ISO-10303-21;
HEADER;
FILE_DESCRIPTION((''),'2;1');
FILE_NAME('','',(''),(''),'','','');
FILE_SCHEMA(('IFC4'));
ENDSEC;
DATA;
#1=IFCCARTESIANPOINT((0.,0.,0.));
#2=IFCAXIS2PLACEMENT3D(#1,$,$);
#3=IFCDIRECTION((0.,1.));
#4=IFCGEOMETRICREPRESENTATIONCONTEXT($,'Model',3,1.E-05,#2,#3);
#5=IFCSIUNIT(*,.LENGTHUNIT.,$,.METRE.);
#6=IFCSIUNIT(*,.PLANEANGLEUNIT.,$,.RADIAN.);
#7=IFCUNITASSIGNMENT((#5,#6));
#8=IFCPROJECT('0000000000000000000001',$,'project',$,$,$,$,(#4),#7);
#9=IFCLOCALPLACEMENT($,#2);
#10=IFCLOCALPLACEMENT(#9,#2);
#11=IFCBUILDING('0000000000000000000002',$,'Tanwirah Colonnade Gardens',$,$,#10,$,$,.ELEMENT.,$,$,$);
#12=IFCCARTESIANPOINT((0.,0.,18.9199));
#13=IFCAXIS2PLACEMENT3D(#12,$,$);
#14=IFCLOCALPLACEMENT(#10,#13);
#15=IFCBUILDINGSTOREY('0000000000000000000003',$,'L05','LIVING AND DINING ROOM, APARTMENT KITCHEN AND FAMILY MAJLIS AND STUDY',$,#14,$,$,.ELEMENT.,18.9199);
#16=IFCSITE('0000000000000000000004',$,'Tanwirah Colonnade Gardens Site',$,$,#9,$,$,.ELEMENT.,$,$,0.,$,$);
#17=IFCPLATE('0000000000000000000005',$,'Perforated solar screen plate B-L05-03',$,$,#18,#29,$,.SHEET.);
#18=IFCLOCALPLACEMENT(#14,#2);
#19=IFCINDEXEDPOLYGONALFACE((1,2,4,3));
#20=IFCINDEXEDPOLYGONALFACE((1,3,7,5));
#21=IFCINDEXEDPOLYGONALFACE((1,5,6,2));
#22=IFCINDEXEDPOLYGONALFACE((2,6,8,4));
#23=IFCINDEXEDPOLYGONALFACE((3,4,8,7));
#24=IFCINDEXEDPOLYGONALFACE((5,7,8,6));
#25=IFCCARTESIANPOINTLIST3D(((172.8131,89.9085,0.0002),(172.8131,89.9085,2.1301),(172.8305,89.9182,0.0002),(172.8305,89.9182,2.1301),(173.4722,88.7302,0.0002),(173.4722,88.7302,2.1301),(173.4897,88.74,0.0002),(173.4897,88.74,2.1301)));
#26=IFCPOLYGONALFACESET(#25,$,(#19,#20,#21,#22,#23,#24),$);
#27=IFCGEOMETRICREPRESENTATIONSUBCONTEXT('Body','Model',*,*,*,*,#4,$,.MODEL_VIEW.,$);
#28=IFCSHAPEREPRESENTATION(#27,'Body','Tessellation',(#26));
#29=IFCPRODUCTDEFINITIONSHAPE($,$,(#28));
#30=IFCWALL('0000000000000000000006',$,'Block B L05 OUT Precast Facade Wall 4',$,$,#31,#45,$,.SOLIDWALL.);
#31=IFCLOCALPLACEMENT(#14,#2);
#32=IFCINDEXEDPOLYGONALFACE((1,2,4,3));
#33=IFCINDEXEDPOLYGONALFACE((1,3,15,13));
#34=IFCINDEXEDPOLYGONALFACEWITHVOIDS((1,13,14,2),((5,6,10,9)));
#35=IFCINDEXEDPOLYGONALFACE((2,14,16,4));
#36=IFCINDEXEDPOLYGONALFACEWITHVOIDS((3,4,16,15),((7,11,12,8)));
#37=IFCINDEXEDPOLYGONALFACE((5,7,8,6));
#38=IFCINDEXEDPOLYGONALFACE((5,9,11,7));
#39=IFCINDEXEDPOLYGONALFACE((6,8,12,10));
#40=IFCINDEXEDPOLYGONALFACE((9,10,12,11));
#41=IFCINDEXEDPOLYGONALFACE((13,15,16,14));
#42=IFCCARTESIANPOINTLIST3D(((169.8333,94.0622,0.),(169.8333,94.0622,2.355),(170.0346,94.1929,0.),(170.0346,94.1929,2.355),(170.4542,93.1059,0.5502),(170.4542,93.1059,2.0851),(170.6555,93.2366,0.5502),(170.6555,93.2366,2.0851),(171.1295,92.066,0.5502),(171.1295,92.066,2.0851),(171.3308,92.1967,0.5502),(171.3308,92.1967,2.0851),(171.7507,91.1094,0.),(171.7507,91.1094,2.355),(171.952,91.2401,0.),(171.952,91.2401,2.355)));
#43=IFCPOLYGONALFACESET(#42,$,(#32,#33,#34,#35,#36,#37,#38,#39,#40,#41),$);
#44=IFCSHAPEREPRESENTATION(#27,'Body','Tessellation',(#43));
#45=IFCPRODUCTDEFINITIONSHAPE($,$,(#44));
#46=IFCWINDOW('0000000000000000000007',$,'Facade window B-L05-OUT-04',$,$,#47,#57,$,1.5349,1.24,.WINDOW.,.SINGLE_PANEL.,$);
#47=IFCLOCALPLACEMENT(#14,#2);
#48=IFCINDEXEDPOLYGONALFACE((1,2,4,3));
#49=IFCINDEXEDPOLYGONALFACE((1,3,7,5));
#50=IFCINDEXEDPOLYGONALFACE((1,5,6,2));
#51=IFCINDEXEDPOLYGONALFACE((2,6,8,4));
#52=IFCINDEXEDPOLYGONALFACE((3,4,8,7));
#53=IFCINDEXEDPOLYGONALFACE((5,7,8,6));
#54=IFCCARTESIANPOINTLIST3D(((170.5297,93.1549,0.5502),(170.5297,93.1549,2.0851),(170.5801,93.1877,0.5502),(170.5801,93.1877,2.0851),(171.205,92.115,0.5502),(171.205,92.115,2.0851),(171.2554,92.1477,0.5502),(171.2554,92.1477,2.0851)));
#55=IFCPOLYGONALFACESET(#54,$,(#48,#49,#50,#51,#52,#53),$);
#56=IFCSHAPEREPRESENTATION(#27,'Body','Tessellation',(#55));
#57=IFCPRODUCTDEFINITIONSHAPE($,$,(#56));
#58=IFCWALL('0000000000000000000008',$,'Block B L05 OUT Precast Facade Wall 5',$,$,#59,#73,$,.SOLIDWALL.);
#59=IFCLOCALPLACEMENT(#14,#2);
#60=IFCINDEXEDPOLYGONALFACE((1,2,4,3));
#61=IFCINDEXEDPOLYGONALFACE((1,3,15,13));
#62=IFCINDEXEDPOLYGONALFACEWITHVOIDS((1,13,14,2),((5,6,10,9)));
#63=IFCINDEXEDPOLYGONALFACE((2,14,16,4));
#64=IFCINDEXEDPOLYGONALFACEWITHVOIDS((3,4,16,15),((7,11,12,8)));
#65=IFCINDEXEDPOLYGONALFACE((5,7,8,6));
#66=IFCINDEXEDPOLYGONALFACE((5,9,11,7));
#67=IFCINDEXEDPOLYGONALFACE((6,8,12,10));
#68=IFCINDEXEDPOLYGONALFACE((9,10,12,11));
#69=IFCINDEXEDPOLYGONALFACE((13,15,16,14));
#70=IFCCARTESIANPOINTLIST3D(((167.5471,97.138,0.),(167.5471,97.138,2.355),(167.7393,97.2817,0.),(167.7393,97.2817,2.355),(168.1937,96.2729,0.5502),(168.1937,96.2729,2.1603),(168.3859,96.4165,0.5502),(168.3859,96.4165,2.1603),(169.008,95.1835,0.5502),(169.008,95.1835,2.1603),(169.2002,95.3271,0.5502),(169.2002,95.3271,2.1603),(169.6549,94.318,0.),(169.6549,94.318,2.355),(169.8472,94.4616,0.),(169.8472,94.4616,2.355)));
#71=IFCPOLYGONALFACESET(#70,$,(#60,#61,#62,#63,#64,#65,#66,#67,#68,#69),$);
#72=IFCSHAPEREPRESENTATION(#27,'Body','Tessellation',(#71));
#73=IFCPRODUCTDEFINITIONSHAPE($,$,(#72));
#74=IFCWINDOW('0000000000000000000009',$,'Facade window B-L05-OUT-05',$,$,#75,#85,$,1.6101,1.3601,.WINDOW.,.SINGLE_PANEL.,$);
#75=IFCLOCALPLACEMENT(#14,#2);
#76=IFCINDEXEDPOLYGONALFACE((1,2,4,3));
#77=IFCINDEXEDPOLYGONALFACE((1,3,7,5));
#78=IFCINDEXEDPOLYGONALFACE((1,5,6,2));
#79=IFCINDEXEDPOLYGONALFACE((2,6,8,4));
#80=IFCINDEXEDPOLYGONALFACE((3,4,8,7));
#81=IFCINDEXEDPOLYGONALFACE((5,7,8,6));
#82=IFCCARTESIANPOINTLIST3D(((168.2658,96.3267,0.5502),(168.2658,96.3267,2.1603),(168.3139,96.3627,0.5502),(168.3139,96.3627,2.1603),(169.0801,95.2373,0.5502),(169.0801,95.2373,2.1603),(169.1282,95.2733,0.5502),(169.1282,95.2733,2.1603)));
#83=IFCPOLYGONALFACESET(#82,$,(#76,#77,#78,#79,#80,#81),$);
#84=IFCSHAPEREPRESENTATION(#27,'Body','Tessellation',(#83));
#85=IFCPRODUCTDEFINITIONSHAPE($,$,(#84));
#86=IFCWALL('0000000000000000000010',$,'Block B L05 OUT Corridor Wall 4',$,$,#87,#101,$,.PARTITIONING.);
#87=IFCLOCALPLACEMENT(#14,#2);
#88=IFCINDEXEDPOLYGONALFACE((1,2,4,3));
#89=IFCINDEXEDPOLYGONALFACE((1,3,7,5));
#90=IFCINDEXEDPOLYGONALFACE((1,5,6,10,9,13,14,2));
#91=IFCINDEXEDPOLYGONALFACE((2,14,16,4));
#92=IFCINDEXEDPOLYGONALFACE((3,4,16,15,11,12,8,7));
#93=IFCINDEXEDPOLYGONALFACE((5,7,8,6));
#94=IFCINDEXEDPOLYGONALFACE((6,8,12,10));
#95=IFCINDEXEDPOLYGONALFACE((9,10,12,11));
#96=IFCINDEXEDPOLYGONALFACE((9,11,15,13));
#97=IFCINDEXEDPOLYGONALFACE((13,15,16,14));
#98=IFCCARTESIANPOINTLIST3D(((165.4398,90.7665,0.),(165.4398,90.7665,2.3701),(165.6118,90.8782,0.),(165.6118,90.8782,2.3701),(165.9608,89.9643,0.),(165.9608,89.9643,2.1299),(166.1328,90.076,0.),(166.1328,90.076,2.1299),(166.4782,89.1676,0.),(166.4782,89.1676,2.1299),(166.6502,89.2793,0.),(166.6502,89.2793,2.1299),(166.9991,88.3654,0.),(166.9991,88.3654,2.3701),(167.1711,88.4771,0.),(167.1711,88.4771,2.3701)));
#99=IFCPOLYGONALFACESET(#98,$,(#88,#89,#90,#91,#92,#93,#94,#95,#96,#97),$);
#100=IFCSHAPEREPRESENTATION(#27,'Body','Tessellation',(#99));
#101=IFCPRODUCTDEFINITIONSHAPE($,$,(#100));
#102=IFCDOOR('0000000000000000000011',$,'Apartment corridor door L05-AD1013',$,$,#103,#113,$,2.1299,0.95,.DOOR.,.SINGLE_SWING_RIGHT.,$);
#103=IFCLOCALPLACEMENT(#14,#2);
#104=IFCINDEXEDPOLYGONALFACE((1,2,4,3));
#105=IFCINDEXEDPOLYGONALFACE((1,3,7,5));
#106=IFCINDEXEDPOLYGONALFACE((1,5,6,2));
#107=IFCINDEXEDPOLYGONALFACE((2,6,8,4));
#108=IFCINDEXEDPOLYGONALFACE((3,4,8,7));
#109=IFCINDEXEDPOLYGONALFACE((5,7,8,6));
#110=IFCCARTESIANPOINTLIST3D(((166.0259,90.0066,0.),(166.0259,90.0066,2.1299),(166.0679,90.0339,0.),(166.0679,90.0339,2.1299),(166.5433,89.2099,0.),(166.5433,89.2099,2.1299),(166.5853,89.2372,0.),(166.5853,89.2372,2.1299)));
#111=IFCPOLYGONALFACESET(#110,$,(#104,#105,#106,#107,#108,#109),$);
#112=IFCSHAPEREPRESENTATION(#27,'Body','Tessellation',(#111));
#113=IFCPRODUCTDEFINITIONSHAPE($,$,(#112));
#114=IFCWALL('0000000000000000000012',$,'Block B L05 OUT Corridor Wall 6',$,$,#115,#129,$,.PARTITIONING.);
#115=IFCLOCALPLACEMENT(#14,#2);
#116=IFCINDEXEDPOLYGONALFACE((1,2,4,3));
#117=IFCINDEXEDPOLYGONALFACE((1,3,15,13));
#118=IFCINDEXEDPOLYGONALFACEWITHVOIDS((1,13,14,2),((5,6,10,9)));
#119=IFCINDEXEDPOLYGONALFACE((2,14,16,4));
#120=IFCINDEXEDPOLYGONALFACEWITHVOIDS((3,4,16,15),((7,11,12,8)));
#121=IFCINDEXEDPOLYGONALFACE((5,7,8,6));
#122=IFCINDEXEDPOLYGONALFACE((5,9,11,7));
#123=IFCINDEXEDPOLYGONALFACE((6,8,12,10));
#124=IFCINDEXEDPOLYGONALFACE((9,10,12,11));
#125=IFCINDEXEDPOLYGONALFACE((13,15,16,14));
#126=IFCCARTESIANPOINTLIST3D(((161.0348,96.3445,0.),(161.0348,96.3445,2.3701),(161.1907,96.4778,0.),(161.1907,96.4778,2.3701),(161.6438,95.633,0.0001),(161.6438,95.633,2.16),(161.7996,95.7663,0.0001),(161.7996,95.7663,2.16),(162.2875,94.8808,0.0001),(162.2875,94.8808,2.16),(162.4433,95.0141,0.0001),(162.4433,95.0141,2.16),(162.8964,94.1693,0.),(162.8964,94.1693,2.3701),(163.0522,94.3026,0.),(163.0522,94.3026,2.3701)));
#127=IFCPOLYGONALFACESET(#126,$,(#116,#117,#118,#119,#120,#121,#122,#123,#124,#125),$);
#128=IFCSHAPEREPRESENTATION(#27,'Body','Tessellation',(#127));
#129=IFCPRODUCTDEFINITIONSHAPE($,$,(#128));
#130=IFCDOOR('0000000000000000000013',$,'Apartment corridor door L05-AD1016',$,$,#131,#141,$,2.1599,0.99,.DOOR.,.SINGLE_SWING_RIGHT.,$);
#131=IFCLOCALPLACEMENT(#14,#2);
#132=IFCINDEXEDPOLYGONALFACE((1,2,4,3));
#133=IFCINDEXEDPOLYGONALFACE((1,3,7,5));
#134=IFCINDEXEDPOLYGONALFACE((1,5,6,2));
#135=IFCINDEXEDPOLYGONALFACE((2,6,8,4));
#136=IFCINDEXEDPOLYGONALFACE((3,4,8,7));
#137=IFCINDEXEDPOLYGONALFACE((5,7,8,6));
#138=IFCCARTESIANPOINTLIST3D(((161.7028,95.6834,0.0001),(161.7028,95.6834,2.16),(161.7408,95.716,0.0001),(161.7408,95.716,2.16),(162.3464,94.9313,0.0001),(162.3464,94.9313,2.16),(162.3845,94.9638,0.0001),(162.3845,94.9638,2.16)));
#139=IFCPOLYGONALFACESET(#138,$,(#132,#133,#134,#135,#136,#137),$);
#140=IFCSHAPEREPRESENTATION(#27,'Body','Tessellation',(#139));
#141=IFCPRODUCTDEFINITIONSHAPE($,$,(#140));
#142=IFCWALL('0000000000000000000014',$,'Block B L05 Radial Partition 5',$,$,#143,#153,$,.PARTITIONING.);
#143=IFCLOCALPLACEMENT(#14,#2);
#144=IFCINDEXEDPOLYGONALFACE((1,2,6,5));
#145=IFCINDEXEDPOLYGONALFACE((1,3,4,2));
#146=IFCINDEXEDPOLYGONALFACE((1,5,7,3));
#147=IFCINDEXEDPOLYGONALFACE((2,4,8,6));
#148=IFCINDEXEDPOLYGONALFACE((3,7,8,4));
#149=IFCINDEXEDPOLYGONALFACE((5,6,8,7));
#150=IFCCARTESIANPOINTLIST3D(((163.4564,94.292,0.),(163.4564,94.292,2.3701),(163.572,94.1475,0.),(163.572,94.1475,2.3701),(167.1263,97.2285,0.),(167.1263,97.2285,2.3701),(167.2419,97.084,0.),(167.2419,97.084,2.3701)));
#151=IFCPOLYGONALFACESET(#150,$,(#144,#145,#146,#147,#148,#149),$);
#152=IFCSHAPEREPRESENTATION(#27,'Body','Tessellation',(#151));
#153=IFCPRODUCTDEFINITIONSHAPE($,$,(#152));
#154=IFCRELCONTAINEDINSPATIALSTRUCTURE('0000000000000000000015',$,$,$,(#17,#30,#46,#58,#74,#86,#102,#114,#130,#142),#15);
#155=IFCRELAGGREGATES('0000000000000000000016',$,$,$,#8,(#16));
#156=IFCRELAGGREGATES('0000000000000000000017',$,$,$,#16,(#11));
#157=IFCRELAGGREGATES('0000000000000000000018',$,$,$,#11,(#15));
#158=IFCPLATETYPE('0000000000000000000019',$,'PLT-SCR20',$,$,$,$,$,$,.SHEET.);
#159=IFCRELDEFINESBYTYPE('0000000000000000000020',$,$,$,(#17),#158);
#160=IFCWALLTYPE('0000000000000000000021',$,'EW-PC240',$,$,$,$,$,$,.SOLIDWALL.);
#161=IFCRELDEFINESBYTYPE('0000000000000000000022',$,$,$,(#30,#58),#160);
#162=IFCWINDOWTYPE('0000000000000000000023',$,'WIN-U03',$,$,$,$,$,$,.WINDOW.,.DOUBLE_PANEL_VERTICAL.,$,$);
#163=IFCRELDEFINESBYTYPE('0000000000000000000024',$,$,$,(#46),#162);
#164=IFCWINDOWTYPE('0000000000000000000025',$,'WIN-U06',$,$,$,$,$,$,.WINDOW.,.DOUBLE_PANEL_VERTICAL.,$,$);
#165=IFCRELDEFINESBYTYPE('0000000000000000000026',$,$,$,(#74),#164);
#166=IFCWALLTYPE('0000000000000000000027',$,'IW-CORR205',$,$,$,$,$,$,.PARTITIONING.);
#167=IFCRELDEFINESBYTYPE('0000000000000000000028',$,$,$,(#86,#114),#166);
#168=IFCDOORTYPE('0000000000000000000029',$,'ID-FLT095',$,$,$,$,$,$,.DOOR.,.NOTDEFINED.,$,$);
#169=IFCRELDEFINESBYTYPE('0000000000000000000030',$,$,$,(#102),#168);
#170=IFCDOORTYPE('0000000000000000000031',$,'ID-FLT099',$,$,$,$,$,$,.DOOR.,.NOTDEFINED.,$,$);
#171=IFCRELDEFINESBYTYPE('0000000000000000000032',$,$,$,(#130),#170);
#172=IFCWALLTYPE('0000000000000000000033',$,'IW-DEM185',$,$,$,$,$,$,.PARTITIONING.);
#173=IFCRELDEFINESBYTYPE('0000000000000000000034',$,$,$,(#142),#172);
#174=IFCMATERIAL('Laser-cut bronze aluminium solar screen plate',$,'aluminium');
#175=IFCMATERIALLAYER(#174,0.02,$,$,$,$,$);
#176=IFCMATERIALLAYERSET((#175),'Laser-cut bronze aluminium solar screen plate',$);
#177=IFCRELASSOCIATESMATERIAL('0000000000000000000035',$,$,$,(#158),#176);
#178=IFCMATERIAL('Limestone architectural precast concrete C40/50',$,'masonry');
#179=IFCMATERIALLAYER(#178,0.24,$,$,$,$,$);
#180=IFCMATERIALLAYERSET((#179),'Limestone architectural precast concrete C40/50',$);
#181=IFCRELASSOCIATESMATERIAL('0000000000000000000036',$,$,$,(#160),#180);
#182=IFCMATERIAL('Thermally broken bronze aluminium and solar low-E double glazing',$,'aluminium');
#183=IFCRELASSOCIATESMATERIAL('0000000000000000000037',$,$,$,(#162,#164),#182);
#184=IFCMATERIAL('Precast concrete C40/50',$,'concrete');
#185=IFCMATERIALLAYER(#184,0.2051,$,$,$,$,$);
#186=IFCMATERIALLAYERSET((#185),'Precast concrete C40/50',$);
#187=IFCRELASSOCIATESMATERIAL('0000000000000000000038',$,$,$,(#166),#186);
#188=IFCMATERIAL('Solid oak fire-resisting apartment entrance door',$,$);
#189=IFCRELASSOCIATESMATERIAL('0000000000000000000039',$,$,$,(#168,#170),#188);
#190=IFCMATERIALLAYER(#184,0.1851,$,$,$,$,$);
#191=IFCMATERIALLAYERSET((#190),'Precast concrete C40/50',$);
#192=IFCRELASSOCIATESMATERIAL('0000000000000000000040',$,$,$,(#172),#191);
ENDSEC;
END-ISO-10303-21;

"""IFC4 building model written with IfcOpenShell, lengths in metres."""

from ifc_helpers import new_model, si_unit, direction, frame, frame_2d, origin, origin_2d, place, context, subcontext, project, spatial, rectangle, extrude, material, layer, layer_set, type_object, element, fill, save


model = new_model("IFC4")

# Units and contexts
model_context = context("Model", 3, precision=1e-05, world=origin(), true_north=direction((0.0, 1.0)))
body_context = subcontext(model_context, "Body", "Model", "MODEL_VIEW")
ifc_project = project(units=[si_unit("LENGTHUNIT", "METRE"), si_unit("PLANEANGLEUNIT", "RADIAN")], contexts=[model_context])

# Site, building, storey
site_placement = place(None, origin())
site = spatial("IfcSite", under=ifc_project, at=site_placement, Name="Tanwirah Colonnade Gardens Site", CompositionType="ELEMENT", RefElevation=0.0)
building_placement = place(site_placement, origin())
building = spatial("IfcBuilding", under=site, at=building_placement, Name="Tanwirah Colonnade Gardens", CompositionType="ELEMENT")
storey_placement = place(building_placement, frame((0.0, 0.0, 18.9199)))
storey = spatial("IfcBuildingStorey", under=building, at=storey_placement, Name="L05", Description="LIVING AND DINING ROOM, APARTMENT KITCHEN AND FAMILY MAJLIS AND STUDY", CompositionType="ELEMENT", Elevation=18.9199)

# Shared definitions
ifc_material_1 = material(Name="Precast concrete C40/50", Category="concrete")

# Plate
ifc_material_2 = material(Name="Laser-cut bronze aluminium solar screen plate", Category="aluminium")
ifc_layer_1 = layer(ifc_material_2, 0.02)
ifc_layer_set_1 = layer_set([ifc_layer_1], Name="Laser-cut bronze aluminium solar screen plate")
plate_type = type_object("IfcPlateType", Name="PLT-SCR20", PredefinedType="SHEET", material=ifc_layer_set_1)
plate_placement = place(storey_placement, frame((173.1514, 89.3242, 0.0002), z_axis=(0.0, 0.0, 1.0), x_axis=(-0.488198, 0.872733, 0.0)))
element("IfcPlate", 1, at=plate_placement, inside=storey, type_object=plate_type, Name="Perforated solar screen plate B-L05-03", PredefinedType="SHEET", context=body_context, shape_type="SweptSolid", body=[
    extrude(rectangle(XDim=1.3501, YDim=0.02, at=origin_2d()), origin(), (0.0, 0.0, 1.0), 2.1299),
])

# Walls, openings, windows
ifc_material_3 = material(Name="Limestone architectural precast concrete C40/50", Category="masonry")
ifc_layer_2 = layer(ifc_material_3, 0.24)
ifc_layer_set_2 = layer_set([ifc_layer_2], Name="Limestone architectural precast concrete C40/50")
wall_type_1 = type_object("IfcWallType", Name="EW-PC240", PredefinedType="SOLIDWALL", material=ifc_layer_set_2)
wall_1_placement = place(storey_placement, frame((171.8513, 91.1748, 0.0), z_axis=(0.0, 0.0, 1.0), x_axis=(-0.544611, 0.838689, 0.0)))
wall_1 = element("IfcWall", 2, at=wall_1_placement, inside=storey, type_object=wall_type_1, Name="Block B L05 OUT Precast Facade Wall 4", PredefinedType="SOLIDWALL", context=body_context, shape_type="SweptSolid", body=[
    extrude(rectangle(XDim=3.5208, YDim=0.24, at=frame_2d((1.7603, 0.0))), origin(), (0.0, 0.0, 1.0), 2.355),
])
opening_1_placement = place(wall_1_placement, frame((1.1404, 0.0, 0.55)))
opening_1 = element("IfcOpeningElement", 3, at=opening_1_placement, cuts=wall_1, PredefinedType="OPENING", context=body_context, shape_type="SweptSolid", body=[
    extrude(rectangle(XDim=1.24, YDim=1.5349, at=frame_2d((0.6201, 0.7676))), frame((0.0, 0.1299, 0.0), z_axis=(0.0, -1.0, 0.0), x_axis=(1.0, 0.0, 0.0)), (0.0, 0.0, 1.0), 0.26),
])
ifc_material_4 = material(Name="Thermally broken bronze aluminium and solar low-E double glazing", Category="aluminium")
window_type_1 = type_object("IfcWindowType", Name="WIN-U03", PartitioningType="DOUBLE_PANEL_VERTICAL", PredefinedType="WINDOW", material=ifc_material_4)
window_1_placement = place(opening_1_placement, origin())
window_1 = element("IfcWindow", 4, at=window_1_placement, inside=storey, type_object=window_type_1, Name="Facade window B-L05-OUT-04", OverallHeight=1.5349, OverallWidth=1.24, PartitioningType="SINGLE_PANEL", PredefinedType="WINDOW", context=body_context, shape_type="SweptSolid", body=[
    extrude(rectangle(XDim=1.24, YDim=1.5349, at=frame_2d((0.6201, 0.7676))), frame((0.0, 0.03, 0.0), z_axis=(0.0, -1.0, 0.0), x_axis=(1.0, 0.0, 0.0)), (0.0, 0.0, 1.0), 0.0601),
])
fill(opening_1, window_1)
wall_2_placement = place(storey_placement, frame((169.751, 94.3899, 0.0), z_axis=(0.0, 0.0, 1.0), x_axis=(-0.598701, 0.800973, 0.0)))
wall_2 = element("IfcWall", 5, at=wall_2_placement, inside=storey, type_object=wall_type_1, Name="Block B L05 OUT Precast Facade Wall 5", PredefinedType="SOLIDWALL", context=body_context, shape_type="SweptSolid", body=[
    extrude(rectangle(XDim=3.5208, YDim=0.24, at=frame_2d((1.7603, 0.0))), origin(), (0.0, 0.0, 1.0), 2.355),
])
opening_2_placement = place(wall_2_placement, frame((1.0803, 0.0, 0.55)))
opening_2 = element("IfcOpeningElement", 6, at=opening_2_placement, cuts=wall_2, PredefinedType="OPENING", context=body_context, shape_type="SweptSolid", body=[
    extrude(rectangle(XDim=1.3601, YDim=1.6101, at=frame_2d((0.6802, 0.8052))), frame((0.0, 0.1299, 0.0), z_axis=(0.0, -1.0, 0.0), x_axis=(1.0, 0.0, 0.0)), (0.0, 0.0, 1.0), 0.26),
])
window_type_2 = type_object("IfcWindowType", Name="WIN-U06", PartitioningType="DOUBLE_PANEL_VERTICAL", PredefinedType="WINDOW", material=ifc_material_4)
window_2_placement = place(opening_2_placement, origin())
window_2 = element("IfcWindow", 7, at=window_2_placement, inside=storey, type_object=window_type_2, Name="Facade window B-L05-OUT-05", OverallHeight=1.6101, OverallWidth=1.3601, PartitioningType="SINGLE_PANEL", PredefinedType="WINDOW", context=body_context, shape_type="SweptSolid", body=[
    extrude(rectangle(XDim=1.3601, YDim=1.6101, at=frame_2d((0.6802, 0.8052))), frame((0.0, 0.03, 0.0), z_axis=(0.0, -1.0, 0.0), x_axis=(1.0, 0.0, 0.0)), (0.0, 0.0, 1.0), 0.0601),
])
fill(opening_2, window_2)

# Walls, openings, doors
ifc_layer_3 = layer(ifc_material_1, 0.2051)
ifc_layer_set_3 = layer_set([ifc_layer_3], Name="Precast concrete C40/50")
wall_type_2 = type_object("IfcWallType", Name="IW-CORR205", PredefinedType="PARTITIONING", material=ifc_layer_set_3)
wall_3_placement = place(storey_placement, frame((167.0852, 88.4211, 0.0), z_axis=(0.0, 0.0, 1.0), x_axis=(-0.544644, 0.838668, 0.0)))
wall_3 = element("IfcWall", 8, at=wall_3_placement, inside=storey, type_object=wall_type_2, Name="Block B L05 OUT Corridor Wall 4", PredefinedType="PARTITIONING", context=body_context, shape_type="SweptSolid", body=[
    extrude(rectangle(XDim=2.863, YDim=0.2051, at=frame_2d((1.4316, 0.0))), origin(), (0.0, 0.0, 1.0), 2.3701),
])
opening_3_placement = place(wall_3_placement, frame((0.9565, 0.0, 0.0)))
opening_3 = element("IfcOpeningElement", 9, at=opening_3_placement, cuts=wall_3, PredefinedType="OPENING", context=body_context, shape_type="SweptSolid", body=[
    extrude(rectangle(XDim=0.95, YDim=2.1299, at=frame_2d((0.4751, 1.0649))), frame((0.0, 0.1125, 0.0), z_axis=(0.0, -1.0, 0.0), x_axis=(1.0, 0.0, 0.0)), (0.0, 0.0, 1.0), 0.2251),
])
ifc_material_5 = material(Name="Solid oak fire-resisting apartment entrance door")
door_type_1 = type_object("IfcDoorType", Name="ID-FLT095", OperationType="NOTDEFINED", PredefinedType="DOOR", material=ifc_material_5)
door_1_placement = place(opening_3_placement, origin())
door_1 = element("IfcDoor", 10, at=door_1_placement, inside=storey, type_object=door_type_1, Name="Apartment corridor door L05-AD1013", OperationType="SINGLE_SWING_RIGHT", OverallHeight=2.1299, OverallWidth=0.95, PredefinedType="DOOR", context=body_context, shape_type="SweptSolid", body=[
    extrude(rectangle(XDim=0.95, YDim=2.1299, at=frame_2d((0.4751, 1.0649))), frame((0.0, 0.0249, 0.0), z_axis=(0.0, -1.0, 0.0), x_axis=(1.0, 0.0, 0.0)), (0.0, 0.0, 1.0), 0.05),
])
fill(opening_3, door_1)
wall_4_placement = place(storey_placement, frame((162.9744, 94.2358, 0.0), z_axis=(0.0, 0.0, 1.0), x_axis=(-0.650194, 0.759768, 0.0)))
wall_4 = element("IfcWall", 11, at=wall_4_placement, inside=storey, type_object=wall_type_2, Name="Block B L05 OUT Corridor Wall 6", PredefinedType="PARTITIONING", context=body_context, shape_type="SweptSolid", body=[
    extrude(rectangle(XDim=2.863, YDim=0.2051, at=frame_2d((1.4316, 0.0))), origin(), (0.0, 0.0, 1.0), 2.3701),
])
opening_4_placement = place(wall_4_placement, frame((0.9365, 0.0, 0.0)))
opening_4 = element("IfcOpeningElement", 12, at=opening_4_placement, cuts=wall_4, PredefinedType="OPENING", context=body_context, shape_type="SweptSolid", body=[
    extrude(rectangle(XDim=0.99, YDim=2.1599, at=frame_2d((0.4951, 1.0801))), frame((0.0, 0.1125, 0.0), z_axis=(0.0, -1.0, 0.0), x_axis=(1.0, 0.0, 0.0)), (0.0, 0.0, 1.0), 0.2251),
])
door_type_2 = type_object("IfcDoorType", Name="ID-FLT099", OperationType="NOTDEFINED", PredefinedType="DOOR", material=ifc_material_5)
door_2_placement = place(opening_4_placement, origin())
door_2 = element("IfcDoor", 13, at=door_2_placement, inside=storey, type_object=door_type_2, Name="Apartment corridor door L05-AD1016", OperationType="SINGLE_SWING_RIGHT", OverallHeight=2.1599, OverallWidth=0.99, PredefinedType="DOOR", context=body_context, shape_type="SweptSolid", body=[
    extrude(rectangle(XDim=0.99, YDim=2.1599, at=frame_2d((0.4951, 1.0801))), frame((0.0, 0.0249, 0.0), z_axis=(0.0, -1.0, 0.0), x_axis=(1.0, 0.0, 0.0)), (0.0, 0.0, 1.0), 0.05),
])
fill(opening_4, door_2)

# Wall
ifc_layer_4 = layer(ifc_material_1, 0.1851)
ifc_layer_set_4 = layer_set([ifc_layer_4], Name="Precast concrete C40/50")
wall_type_3 = type_object("IfcWallType", Name="IW-DEM185", PredefinedType="PARTITIONING", material=ifc_layer_set_4)
wall_5_placement = place(storey_placement, frame((163.5142, 94.2197, 0.0), z_axis=(0.0, 0.0, 1.0), x_axis=(0.780808, 0.624771, 0.0)))
element("IfcWall", 14, at=wall_5_placement, inside=storey, type_object=wall_type_3, Name="Block B L05 Radial Partition 5", PredefinedType="PARTITIONING", context=body_context, shape_type="SweptSolid", body=[
    extrude(rectangle(XDim=4.7002, YDim=0.1851, at=frame_2d((2.3501, 0.0))), origin(), (0.0, 0.0, 1.0), 2.3701),
])

save(model, "model.ifc")
